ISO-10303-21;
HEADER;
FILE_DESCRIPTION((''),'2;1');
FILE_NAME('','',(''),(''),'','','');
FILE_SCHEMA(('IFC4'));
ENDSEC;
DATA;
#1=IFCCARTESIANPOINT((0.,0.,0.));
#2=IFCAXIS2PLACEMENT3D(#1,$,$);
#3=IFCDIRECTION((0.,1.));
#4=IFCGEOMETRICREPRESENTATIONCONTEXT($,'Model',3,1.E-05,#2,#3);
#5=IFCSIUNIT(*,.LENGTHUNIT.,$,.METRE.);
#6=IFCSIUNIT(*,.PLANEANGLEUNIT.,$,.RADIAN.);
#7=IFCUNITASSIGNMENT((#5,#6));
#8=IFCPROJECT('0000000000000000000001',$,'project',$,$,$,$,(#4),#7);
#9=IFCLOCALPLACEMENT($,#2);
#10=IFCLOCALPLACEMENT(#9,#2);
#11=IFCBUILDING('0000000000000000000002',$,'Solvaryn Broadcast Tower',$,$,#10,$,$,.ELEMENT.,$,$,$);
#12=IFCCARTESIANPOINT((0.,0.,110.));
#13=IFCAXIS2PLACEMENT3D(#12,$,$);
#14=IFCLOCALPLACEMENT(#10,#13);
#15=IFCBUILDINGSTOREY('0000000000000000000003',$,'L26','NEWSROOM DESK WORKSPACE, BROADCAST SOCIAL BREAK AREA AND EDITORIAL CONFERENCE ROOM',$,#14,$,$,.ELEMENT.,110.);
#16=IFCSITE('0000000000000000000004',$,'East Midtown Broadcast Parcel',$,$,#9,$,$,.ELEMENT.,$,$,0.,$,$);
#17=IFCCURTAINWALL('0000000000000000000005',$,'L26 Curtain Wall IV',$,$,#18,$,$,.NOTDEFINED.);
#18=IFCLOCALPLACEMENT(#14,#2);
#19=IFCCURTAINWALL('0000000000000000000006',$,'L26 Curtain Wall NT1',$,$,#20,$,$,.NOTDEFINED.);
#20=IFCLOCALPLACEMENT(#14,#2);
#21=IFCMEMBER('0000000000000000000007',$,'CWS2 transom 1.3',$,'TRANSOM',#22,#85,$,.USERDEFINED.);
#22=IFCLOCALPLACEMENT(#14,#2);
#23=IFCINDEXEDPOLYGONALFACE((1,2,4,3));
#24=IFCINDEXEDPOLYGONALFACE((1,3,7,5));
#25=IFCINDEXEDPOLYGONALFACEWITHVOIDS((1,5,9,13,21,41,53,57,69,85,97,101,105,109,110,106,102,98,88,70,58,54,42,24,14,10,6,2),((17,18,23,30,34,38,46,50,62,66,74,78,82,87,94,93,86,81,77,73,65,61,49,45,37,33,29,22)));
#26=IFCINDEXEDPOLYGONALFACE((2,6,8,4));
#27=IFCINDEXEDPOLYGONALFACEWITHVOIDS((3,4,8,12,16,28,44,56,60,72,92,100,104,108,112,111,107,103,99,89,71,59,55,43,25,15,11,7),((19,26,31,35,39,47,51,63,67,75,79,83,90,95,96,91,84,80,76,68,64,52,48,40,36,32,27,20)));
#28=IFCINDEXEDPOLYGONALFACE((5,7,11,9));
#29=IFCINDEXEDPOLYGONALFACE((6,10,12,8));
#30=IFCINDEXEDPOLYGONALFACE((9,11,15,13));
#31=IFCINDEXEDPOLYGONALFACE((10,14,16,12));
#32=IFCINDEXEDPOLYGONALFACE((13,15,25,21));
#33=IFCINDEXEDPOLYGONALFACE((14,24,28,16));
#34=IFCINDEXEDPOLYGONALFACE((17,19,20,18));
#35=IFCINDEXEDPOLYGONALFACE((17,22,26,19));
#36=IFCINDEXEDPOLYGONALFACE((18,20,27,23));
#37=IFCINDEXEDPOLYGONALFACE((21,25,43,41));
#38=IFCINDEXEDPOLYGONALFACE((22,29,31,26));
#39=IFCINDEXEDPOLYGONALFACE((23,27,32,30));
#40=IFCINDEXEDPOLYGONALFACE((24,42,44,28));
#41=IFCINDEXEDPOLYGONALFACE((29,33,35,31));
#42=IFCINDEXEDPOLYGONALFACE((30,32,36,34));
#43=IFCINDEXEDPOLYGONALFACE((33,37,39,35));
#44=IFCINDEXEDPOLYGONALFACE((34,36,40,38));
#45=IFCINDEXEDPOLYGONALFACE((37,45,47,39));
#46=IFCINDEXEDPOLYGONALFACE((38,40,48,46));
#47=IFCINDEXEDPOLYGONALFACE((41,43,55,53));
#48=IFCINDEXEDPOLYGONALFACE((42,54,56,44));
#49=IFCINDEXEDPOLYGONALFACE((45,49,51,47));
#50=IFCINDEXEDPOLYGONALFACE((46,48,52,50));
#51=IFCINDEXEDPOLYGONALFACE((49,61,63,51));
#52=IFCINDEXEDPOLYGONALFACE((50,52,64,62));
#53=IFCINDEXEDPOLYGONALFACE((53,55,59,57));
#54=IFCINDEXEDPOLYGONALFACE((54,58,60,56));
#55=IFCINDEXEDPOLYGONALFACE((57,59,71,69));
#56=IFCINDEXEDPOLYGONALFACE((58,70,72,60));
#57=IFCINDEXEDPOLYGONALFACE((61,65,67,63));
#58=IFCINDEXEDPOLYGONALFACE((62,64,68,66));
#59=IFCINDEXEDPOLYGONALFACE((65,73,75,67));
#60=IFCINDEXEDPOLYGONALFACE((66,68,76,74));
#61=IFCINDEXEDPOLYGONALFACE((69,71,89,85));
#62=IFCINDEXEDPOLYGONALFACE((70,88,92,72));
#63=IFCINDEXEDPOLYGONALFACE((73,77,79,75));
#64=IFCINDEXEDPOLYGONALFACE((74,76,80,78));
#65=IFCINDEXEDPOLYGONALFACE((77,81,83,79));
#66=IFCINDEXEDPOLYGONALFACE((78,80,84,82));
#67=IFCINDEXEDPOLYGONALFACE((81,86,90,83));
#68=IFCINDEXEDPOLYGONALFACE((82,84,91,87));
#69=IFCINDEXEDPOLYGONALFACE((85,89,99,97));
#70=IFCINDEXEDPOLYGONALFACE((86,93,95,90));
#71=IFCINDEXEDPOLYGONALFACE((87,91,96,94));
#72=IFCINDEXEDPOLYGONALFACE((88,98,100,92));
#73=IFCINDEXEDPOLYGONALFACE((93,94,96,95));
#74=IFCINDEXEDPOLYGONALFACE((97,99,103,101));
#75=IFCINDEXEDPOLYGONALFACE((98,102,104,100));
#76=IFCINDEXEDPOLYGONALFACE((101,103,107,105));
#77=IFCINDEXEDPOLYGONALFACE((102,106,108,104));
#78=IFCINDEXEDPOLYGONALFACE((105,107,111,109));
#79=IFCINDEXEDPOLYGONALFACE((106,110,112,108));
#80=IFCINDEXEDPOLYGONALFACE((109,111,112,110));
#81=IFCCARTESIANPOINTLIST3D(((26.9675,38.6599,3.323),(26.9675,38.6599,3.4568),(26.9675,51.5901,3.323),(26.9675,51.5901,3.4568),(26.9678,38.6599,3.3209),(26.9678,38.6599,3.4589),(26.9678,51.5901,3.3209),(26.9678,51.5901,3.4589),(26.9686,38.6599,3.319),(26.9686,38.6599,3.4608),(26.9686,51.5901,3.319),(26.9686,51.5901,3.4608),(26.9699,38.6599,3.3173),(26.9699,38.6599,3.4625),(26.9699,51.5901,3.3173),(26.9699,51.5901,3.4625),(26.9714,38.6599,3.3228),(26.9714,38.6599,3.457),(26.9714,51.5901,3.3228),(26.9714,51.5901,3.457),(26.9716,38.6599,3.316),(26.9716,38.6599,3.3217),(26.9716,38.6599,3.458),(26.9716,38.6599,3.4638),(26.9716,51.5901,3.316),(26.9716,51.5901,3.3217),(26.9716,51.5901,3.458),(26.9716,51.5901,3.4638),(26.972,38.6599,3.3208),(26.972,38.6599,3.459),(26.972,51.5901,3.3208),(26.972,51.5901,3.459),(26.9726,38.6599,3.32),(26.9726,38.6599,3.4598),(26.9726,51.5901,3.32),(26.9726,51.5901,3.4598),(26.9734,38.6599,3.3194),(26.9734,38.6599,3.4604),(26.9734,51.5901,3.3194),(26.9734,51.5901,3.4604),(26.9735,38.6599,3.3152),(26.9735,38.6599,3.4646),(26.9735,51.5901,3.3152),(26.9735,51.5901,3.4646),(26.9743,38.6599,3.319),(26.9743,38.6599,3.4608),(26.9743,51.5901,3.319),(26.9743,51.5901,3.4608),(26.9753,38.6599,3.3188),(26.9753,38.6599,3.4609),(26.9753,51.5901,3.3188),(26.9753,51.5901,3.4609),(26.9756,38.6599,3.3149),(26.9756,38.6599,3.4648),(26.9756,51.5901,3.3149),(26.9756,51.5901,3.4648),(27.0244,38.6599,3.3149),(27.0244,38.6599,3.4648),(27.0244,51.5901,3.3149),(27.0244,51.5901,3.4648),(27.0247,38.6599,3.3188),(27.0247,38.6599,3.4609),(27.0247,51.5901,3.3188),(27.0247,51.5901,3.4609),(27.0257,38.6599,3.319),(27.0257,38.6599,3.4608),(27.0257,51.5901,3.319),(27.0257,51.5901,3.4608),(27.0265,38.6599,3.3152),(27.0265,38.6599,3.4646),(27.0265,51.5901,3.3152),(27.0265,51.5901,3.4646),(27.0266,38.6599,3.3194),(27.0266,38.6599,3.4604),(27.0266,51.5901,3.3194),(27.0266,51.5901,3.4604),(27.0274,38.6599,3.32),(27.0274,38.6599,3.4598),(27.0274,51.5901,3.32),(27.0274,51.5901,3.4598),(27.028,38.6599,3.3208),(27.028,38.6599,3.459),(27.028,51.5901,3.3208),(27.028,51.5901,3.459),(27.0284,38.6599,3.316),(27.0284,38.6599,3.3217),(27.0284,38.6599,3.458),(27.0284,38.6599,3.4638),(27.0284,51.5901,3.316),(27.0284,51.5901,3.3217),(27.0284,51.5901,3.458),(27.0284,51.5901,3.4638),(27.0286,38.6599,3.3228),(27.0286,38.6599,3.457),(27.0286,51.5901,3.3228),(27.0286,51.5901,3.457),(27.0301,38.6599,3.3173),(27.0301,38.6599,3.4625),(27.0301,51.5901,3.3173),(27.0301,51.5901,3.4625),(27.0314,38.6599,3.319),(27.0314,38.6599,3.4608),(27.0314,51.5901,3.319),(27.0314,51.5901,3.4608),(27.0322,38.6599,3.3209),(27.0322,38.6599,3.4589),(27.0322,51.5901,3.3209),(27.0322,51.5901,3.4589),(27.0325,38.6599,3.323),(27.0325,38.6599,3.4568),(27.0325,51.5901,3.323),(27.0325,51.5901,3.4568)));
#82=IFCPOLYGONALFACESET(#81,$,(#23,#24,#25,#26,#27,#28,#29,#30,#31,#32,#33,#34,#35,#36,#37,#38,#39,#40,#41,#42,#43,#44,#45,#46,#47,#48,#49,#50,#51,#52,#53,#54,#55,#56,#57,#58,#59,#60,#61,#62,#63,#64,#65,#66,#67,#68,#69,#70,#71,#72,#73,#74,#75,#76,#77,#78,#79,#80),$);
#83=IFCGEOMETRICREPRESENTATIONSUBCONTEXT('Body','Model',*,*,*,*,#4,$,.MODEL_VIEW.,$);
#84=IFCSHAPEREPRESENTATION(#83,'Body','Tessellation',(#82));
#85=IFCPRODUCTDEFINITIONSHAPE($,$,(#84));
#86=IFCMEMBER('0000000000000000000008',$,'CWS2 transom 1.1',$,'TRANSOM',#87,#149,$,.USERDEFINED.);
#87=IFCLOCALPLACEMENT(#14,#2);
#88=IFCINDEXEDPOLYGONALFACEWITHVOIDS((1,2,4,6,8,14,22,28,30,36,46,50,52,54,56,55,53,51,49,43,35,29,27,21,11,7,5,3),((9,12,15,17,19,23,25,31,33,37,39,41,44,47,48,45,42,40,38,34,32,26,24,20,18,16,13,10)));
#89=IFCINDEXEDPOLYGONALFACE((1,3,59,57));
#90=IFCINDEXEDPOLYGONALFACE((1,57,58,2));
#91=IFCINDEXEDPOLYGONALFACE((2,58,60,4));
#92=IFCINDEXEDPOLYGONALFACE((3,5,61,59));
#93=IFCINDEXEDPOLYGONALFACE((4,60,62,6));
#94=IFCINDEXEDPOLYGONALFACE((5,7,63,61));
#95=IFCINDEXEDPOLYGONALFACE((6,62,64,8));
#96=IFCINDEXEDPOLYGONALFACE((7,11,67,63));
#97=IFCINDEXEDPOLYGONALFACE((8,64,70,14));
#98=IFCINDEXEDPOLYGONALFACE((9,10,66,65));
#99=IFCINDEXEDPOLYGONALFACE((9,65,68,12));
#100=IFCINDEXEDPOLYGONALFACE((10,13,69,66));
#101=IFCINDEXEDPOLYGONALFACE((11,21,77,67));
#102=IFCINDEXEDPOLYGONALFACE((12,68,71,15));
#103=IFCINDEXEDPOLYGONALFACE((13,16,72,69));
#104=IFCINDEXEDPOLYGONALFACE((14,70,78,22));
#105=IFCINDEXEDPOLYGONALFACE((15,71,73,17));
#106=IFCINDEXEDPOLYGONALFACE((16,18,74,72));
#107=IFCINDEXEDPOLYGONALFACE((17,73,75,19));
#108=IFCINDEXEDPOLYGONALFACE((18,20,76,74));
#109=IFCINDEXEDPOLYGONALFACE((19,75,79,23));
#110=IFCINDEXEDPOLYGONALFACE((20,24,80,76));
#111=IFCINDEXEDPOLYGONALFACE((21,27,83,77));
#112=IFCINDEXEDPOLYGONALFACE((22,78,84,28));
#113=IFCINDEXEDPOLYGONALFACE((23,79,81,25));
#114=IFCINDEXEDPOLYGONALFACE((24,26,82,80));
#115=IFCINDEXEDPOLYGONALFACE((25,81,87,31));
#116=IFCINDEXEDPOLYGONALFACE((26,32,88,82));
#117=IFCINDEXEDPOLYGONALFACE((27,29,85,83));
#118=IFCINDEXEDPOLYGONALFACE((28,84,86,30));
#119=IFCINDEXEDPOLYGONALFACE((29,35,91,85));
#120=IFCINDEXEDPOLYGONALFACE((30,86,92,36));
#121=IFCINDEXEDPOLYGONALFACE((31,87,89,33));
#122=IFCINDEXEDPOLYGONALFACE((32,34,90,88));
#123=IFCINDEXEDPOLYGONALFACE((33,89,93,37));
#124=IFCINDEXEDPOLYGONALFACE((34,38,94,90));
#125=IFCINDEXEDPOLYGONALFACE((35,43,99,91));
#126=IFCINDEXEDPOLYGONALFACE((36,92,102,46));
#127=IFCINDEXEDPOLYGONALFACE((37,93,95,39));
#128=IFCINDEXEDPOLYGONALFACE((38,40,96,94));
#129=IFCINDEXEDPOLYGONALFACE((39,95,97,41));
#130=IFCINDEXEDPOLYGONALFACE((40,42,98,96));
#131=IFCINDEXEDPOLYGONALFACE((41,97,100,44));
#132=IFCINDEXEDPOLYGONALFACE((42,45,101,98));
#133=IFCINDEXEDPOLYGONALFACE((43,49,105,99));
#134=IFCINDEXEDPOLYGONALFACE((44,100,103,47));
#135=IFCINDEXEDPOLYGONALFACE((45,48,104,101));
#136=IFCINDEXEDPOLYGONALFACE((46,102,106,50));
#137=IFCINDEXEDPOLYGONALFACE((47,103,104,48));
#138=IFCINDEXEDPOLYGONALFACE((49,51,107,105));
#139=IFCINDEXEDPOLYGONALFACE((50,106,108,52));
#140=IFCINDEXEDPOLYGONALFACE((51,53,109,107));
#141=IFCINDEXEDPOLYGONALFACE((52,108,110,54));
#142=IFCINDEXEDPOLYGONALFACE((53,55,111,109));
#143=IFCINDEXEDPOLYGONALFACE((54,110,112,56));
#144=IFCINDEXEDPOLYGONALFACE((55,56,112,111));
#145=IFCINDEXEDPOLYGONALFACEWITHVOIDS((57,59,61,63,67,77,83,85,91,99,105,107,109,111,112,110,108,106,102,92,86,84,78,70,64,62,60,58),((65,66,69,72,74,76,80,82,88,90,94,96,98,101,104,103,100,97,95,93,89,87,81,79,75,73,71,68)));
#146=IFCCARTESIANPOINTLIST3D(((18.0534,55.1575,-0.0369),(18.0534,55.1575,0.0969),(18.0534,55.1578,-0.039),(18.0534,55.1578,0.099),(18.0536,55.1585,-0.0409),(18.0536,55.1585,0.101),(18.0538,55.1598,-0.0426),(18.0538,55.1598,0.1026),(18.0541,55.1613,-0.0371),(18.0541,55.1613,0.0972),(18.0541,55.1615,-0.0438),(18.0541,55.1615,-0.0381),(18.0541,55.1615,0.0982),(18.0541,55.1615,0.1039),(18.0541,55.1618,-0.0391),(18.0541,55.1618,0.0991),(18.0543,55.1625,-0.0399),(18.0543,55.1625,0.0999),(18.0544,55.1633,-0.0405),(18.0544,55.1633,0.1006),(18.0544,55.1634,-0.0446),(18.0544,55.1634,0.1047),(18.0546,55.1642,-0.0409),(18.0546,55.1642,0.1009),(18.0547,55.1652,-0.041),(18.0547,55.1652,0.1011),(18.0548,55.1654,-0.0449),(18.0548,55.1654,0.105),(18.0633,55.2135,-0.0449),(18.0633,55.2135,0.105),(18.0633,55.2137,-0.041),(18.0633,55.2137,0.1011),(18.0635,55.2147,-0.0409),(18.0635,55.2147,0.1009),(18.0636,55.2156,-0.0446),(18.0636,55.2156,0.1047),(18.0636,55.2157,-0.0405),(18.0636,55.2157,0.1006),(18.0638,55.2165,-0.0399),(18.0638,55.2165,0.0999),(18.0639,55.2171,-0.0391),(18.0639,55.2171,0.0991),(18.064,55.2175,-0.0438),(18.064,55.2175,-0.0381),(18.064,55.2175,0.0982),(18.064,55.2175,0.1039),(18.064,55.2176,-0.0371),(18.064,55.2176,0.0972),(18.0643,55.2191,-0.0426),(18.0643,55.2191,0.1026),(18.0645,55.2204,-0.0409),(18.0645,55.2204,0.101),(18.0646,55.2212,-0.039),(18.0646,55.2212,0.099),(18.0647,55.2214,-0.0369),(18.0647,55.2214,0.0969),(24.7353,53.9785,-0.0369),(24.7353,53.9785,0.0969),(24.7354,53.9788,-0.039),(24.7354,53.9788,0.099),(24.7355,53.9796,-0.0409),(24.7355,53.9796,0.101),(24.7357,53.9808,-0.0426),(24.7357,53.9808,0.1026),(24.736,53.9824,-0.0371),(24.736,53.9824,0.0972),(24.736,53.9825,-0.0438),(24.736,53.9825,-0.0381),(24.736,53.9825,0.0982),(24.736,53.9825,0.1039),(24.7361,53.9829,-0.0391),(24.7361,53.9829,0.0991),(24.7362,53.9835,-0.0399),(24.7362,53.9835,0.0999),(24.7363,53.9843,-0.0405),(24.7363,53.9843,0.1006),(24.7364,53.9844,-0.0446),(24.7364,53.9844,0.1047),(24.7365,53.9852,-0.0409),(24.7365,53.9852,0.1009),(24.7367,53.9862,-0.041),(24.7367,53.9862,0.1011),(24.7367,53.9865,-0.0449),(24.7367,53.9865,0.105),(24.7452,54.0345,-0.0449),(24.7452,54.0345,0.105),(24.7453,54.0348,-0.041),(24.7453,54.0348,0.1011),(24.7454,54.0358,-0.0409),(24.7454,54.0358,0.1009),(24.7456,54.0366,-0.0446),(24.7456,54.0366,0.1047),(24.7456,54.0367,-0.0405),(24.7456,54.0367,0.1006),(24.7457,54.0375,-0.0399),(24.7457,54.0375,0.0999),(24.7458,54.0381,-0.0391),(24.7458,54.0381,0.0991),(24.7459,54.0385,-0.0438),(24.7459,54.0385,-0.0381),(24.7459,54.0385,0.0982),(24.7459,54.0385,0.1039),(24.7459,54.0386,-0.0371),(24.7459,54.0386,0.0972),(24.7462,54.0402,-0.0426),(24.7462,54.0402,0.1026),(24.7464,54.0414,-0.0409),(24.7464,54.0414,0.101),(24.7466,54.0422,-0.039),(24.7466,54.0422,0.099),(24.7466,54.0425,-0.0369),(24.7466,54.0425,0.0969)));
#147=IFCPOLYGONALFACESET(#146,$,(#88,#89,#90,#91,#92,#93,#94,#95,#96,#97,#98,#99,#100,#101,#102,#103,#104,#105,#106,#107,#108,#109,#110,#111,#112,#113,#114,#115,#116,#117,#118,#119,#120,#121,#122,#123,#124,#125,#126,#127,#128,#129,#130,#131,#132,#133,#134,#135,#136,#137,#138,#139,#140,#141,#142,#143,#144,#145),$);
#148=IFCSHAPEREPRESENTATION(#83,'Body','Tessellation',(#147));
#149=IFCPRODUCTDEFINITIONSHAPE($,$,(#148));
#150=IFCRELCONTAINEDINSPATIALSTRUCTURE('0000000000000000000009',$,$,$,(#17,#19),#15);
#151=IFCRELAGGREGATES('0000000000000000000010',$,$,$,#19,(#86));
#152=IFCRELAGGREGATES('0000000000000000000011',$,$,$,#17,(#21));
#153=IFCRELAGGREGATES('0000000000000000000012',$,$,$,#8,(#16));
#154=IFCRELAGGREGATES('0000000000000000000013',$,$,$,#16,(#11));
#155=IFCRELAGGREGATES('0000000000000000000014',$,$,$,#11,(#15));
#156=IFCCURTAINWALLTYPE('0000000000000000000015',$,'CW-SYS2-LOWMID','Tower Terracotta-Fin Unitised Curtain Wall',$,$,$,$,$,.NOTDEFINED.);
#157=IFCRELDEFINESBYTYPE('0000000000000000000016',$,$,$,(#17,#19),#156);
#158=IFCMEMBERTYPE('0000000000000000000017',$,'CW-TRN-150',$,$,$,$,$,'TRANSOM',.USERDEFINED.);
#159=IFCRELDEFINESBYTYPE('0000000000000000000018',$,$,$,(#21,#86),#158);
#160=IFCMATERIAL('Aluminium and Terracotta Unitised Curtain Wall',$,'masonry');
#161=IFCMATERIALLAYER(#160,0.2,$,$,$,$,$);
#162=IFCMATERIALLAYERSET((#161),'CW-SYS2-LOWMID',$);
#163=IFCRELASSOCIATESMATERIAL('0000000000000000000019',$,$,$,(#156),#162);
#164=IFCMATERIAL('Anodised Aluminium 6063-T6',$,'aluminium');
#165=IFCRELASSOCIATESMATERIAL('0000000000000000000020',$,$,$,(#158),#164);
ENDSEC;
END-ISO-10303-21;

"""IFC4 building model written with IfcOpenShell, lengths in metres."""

from ifc_helpers import new_model, si_unit, direction, frame, origin, origin_2d, place, context, subcontext, project, spatial, hollow_rectangle, extrude, material, layer, layer_set, material_profile, profile_set, type_object, element, aggregate, save


model = new_model("IFC4")

# Units and contexts
model_context = context("Model", 3, precision=1e-05, world=origin(), true_north=direction((0.0, 1.0)))
body_context = subcontext(model_context, "Body", "Model", "MODEL_VIEW")
ifc_project = project(units=[si_unit("LENGTHUNIT", "METRE"), si_unit("PLANEANGLEUNIT", "RADIAN")], contexts=[model_context])

# Site, building, storey
site_placement = place(None, origin())
site = spatial("IfcSite", under=ifc_project, at=site_placement, Name="East Midtown Broadcast Parcel", CompositionType="ELEMENT", RefElevation=0.0)
building_placement = place(site_placement, origin())
building = spatial("IfcBuilding", under=site, at=building_placement, Name="Solvaryn Broadcast Tower", CompositionType="ELEMENT")
storey_placement = place(building_placement, frame((0.0, 0.0, 110.0)))
storey = spatial("IfcBuildingStorey", under=building, at=storey_placement, Name="L26", Description="NEWSROOM DESK WORKSPACE, BROADCAST SOCIAL BREAK AREA AND EDITORIAL CONFERENCE ROOM", CompositionType="ELEMENT", Elevation=110.0)

# Curtain wall
ifc_material_1 = material(Name="Aluminium and Terracotta Unitised Curtain Wall", Category="masonry")
ifc_layer_1 = layer(ifc_material_1, 0.2)
ifc_layer_set_1 = layer_set([ifc_layer_1], Name="CW-SYS2-LOWMID")
curtain_wall_type = type_object("IfcCurtainWallType", Name="CW-SYS2-LOWMID", Description="Tower Terracotta-Fin Unitised Curtain Wall", PredefinedType="NOTDEFINED", material=ifc_layer_set_1)
curtain_wall_1_placement = place(storey_placement, origin())
curtain_wall_1 = element("IfcCurtainWall", 1, at=curtain_wall_1_placement, inside=storey, type_object=curtain_wall_type, Name="L26 Curtain Wall IV", PredefinedType="NOTDEFINED")

# Curtain wall
curtain_wall_2_placement = place(storey_placement, origin())
curtain_wall_2 = element("IfcCurtainWall", 2, at=curtain_wall_2_placement, inside=storey, type_object=curtain_wall_type, Name="L26 Curtain Wall NT1", PredefinedType="NOTDEFINED")

# Members
ifc_material_2 = material(Name="Anodised Aluminium 6063-T6", Category="aluminium")
ifc_material_profile_1 = material_profile(ifc_material_2, hollow_rectangle(XDim=0.0649, YDim=0.1499, WallThickness=0.0039, InnerFilletRadius=0.0039, OuterFilletRadius=0.0081, at=origin_2d()))
ifc_profile_set_1 = profile_set([ifc_material_profile_1], Name="Anodised Aluminium 6063-T6")
member_type_1 = type_object("IfcMemberType", Name="CW-TRN-150", ElementType="TRANSOM", PredefinedType="USERDEFINED", material=ifc_profile_set_1)
member_1_placement = place(storey_placement, frame((27.0, 51.5901, 3.3899), z_axis=(0.0, -1.0, 0.0), x_axis=(1.0, 0.0, 0.0)))
member_1 = element("IfcMember", 3, at=member_1_placement, type_object=member_type_1, Name="CWS2 transom 1.3", ObjectType="TRANSOM", PredefinedType="USERDEFINED", context=body_context, shape_type="SweptSolid", body=[
    extrude(hollow_rectangle(XDim=0.0649, YDim=0.1499, WallThickness=0.0039, InnerFilletRadius=0.0039, OuterFilletRadius=0.0081, at=origin_2d()), origin(), (0.0, 0.0, 1.0), 12.9302),
])
member_2_placement = place(storey_placement, frame((24.741, 54.0105, 0.03), z_axis=(-0.984789, 0.173757, 0.0), x_axis=(-0.173757, -0.984789, 0.0)))
member_2 = element("IfcMember", 4, at=member_2_placement, type_object=member_type_1, Name="CWS2 transom 1.1", ObjectType="TRANSOM", PredefinedType="USERDEFINED", context=body_context, shape_type="SweptSolid", body=[
    extrude(hollow_rectangle(XDim=0.0649, YDim=0.1499, WallThickness=0.0039, InnerFilletRadius=0.0039, OuterFilletRadius=0.0081, at=origin_2d()), origin(), (0.0, 0.0, 1.0), 6.7852),
])
aggregate(curtain_wall_2, [member_2])

aggregate(curtain_wall_1, [member_1])

save(model, "model.ifc")
